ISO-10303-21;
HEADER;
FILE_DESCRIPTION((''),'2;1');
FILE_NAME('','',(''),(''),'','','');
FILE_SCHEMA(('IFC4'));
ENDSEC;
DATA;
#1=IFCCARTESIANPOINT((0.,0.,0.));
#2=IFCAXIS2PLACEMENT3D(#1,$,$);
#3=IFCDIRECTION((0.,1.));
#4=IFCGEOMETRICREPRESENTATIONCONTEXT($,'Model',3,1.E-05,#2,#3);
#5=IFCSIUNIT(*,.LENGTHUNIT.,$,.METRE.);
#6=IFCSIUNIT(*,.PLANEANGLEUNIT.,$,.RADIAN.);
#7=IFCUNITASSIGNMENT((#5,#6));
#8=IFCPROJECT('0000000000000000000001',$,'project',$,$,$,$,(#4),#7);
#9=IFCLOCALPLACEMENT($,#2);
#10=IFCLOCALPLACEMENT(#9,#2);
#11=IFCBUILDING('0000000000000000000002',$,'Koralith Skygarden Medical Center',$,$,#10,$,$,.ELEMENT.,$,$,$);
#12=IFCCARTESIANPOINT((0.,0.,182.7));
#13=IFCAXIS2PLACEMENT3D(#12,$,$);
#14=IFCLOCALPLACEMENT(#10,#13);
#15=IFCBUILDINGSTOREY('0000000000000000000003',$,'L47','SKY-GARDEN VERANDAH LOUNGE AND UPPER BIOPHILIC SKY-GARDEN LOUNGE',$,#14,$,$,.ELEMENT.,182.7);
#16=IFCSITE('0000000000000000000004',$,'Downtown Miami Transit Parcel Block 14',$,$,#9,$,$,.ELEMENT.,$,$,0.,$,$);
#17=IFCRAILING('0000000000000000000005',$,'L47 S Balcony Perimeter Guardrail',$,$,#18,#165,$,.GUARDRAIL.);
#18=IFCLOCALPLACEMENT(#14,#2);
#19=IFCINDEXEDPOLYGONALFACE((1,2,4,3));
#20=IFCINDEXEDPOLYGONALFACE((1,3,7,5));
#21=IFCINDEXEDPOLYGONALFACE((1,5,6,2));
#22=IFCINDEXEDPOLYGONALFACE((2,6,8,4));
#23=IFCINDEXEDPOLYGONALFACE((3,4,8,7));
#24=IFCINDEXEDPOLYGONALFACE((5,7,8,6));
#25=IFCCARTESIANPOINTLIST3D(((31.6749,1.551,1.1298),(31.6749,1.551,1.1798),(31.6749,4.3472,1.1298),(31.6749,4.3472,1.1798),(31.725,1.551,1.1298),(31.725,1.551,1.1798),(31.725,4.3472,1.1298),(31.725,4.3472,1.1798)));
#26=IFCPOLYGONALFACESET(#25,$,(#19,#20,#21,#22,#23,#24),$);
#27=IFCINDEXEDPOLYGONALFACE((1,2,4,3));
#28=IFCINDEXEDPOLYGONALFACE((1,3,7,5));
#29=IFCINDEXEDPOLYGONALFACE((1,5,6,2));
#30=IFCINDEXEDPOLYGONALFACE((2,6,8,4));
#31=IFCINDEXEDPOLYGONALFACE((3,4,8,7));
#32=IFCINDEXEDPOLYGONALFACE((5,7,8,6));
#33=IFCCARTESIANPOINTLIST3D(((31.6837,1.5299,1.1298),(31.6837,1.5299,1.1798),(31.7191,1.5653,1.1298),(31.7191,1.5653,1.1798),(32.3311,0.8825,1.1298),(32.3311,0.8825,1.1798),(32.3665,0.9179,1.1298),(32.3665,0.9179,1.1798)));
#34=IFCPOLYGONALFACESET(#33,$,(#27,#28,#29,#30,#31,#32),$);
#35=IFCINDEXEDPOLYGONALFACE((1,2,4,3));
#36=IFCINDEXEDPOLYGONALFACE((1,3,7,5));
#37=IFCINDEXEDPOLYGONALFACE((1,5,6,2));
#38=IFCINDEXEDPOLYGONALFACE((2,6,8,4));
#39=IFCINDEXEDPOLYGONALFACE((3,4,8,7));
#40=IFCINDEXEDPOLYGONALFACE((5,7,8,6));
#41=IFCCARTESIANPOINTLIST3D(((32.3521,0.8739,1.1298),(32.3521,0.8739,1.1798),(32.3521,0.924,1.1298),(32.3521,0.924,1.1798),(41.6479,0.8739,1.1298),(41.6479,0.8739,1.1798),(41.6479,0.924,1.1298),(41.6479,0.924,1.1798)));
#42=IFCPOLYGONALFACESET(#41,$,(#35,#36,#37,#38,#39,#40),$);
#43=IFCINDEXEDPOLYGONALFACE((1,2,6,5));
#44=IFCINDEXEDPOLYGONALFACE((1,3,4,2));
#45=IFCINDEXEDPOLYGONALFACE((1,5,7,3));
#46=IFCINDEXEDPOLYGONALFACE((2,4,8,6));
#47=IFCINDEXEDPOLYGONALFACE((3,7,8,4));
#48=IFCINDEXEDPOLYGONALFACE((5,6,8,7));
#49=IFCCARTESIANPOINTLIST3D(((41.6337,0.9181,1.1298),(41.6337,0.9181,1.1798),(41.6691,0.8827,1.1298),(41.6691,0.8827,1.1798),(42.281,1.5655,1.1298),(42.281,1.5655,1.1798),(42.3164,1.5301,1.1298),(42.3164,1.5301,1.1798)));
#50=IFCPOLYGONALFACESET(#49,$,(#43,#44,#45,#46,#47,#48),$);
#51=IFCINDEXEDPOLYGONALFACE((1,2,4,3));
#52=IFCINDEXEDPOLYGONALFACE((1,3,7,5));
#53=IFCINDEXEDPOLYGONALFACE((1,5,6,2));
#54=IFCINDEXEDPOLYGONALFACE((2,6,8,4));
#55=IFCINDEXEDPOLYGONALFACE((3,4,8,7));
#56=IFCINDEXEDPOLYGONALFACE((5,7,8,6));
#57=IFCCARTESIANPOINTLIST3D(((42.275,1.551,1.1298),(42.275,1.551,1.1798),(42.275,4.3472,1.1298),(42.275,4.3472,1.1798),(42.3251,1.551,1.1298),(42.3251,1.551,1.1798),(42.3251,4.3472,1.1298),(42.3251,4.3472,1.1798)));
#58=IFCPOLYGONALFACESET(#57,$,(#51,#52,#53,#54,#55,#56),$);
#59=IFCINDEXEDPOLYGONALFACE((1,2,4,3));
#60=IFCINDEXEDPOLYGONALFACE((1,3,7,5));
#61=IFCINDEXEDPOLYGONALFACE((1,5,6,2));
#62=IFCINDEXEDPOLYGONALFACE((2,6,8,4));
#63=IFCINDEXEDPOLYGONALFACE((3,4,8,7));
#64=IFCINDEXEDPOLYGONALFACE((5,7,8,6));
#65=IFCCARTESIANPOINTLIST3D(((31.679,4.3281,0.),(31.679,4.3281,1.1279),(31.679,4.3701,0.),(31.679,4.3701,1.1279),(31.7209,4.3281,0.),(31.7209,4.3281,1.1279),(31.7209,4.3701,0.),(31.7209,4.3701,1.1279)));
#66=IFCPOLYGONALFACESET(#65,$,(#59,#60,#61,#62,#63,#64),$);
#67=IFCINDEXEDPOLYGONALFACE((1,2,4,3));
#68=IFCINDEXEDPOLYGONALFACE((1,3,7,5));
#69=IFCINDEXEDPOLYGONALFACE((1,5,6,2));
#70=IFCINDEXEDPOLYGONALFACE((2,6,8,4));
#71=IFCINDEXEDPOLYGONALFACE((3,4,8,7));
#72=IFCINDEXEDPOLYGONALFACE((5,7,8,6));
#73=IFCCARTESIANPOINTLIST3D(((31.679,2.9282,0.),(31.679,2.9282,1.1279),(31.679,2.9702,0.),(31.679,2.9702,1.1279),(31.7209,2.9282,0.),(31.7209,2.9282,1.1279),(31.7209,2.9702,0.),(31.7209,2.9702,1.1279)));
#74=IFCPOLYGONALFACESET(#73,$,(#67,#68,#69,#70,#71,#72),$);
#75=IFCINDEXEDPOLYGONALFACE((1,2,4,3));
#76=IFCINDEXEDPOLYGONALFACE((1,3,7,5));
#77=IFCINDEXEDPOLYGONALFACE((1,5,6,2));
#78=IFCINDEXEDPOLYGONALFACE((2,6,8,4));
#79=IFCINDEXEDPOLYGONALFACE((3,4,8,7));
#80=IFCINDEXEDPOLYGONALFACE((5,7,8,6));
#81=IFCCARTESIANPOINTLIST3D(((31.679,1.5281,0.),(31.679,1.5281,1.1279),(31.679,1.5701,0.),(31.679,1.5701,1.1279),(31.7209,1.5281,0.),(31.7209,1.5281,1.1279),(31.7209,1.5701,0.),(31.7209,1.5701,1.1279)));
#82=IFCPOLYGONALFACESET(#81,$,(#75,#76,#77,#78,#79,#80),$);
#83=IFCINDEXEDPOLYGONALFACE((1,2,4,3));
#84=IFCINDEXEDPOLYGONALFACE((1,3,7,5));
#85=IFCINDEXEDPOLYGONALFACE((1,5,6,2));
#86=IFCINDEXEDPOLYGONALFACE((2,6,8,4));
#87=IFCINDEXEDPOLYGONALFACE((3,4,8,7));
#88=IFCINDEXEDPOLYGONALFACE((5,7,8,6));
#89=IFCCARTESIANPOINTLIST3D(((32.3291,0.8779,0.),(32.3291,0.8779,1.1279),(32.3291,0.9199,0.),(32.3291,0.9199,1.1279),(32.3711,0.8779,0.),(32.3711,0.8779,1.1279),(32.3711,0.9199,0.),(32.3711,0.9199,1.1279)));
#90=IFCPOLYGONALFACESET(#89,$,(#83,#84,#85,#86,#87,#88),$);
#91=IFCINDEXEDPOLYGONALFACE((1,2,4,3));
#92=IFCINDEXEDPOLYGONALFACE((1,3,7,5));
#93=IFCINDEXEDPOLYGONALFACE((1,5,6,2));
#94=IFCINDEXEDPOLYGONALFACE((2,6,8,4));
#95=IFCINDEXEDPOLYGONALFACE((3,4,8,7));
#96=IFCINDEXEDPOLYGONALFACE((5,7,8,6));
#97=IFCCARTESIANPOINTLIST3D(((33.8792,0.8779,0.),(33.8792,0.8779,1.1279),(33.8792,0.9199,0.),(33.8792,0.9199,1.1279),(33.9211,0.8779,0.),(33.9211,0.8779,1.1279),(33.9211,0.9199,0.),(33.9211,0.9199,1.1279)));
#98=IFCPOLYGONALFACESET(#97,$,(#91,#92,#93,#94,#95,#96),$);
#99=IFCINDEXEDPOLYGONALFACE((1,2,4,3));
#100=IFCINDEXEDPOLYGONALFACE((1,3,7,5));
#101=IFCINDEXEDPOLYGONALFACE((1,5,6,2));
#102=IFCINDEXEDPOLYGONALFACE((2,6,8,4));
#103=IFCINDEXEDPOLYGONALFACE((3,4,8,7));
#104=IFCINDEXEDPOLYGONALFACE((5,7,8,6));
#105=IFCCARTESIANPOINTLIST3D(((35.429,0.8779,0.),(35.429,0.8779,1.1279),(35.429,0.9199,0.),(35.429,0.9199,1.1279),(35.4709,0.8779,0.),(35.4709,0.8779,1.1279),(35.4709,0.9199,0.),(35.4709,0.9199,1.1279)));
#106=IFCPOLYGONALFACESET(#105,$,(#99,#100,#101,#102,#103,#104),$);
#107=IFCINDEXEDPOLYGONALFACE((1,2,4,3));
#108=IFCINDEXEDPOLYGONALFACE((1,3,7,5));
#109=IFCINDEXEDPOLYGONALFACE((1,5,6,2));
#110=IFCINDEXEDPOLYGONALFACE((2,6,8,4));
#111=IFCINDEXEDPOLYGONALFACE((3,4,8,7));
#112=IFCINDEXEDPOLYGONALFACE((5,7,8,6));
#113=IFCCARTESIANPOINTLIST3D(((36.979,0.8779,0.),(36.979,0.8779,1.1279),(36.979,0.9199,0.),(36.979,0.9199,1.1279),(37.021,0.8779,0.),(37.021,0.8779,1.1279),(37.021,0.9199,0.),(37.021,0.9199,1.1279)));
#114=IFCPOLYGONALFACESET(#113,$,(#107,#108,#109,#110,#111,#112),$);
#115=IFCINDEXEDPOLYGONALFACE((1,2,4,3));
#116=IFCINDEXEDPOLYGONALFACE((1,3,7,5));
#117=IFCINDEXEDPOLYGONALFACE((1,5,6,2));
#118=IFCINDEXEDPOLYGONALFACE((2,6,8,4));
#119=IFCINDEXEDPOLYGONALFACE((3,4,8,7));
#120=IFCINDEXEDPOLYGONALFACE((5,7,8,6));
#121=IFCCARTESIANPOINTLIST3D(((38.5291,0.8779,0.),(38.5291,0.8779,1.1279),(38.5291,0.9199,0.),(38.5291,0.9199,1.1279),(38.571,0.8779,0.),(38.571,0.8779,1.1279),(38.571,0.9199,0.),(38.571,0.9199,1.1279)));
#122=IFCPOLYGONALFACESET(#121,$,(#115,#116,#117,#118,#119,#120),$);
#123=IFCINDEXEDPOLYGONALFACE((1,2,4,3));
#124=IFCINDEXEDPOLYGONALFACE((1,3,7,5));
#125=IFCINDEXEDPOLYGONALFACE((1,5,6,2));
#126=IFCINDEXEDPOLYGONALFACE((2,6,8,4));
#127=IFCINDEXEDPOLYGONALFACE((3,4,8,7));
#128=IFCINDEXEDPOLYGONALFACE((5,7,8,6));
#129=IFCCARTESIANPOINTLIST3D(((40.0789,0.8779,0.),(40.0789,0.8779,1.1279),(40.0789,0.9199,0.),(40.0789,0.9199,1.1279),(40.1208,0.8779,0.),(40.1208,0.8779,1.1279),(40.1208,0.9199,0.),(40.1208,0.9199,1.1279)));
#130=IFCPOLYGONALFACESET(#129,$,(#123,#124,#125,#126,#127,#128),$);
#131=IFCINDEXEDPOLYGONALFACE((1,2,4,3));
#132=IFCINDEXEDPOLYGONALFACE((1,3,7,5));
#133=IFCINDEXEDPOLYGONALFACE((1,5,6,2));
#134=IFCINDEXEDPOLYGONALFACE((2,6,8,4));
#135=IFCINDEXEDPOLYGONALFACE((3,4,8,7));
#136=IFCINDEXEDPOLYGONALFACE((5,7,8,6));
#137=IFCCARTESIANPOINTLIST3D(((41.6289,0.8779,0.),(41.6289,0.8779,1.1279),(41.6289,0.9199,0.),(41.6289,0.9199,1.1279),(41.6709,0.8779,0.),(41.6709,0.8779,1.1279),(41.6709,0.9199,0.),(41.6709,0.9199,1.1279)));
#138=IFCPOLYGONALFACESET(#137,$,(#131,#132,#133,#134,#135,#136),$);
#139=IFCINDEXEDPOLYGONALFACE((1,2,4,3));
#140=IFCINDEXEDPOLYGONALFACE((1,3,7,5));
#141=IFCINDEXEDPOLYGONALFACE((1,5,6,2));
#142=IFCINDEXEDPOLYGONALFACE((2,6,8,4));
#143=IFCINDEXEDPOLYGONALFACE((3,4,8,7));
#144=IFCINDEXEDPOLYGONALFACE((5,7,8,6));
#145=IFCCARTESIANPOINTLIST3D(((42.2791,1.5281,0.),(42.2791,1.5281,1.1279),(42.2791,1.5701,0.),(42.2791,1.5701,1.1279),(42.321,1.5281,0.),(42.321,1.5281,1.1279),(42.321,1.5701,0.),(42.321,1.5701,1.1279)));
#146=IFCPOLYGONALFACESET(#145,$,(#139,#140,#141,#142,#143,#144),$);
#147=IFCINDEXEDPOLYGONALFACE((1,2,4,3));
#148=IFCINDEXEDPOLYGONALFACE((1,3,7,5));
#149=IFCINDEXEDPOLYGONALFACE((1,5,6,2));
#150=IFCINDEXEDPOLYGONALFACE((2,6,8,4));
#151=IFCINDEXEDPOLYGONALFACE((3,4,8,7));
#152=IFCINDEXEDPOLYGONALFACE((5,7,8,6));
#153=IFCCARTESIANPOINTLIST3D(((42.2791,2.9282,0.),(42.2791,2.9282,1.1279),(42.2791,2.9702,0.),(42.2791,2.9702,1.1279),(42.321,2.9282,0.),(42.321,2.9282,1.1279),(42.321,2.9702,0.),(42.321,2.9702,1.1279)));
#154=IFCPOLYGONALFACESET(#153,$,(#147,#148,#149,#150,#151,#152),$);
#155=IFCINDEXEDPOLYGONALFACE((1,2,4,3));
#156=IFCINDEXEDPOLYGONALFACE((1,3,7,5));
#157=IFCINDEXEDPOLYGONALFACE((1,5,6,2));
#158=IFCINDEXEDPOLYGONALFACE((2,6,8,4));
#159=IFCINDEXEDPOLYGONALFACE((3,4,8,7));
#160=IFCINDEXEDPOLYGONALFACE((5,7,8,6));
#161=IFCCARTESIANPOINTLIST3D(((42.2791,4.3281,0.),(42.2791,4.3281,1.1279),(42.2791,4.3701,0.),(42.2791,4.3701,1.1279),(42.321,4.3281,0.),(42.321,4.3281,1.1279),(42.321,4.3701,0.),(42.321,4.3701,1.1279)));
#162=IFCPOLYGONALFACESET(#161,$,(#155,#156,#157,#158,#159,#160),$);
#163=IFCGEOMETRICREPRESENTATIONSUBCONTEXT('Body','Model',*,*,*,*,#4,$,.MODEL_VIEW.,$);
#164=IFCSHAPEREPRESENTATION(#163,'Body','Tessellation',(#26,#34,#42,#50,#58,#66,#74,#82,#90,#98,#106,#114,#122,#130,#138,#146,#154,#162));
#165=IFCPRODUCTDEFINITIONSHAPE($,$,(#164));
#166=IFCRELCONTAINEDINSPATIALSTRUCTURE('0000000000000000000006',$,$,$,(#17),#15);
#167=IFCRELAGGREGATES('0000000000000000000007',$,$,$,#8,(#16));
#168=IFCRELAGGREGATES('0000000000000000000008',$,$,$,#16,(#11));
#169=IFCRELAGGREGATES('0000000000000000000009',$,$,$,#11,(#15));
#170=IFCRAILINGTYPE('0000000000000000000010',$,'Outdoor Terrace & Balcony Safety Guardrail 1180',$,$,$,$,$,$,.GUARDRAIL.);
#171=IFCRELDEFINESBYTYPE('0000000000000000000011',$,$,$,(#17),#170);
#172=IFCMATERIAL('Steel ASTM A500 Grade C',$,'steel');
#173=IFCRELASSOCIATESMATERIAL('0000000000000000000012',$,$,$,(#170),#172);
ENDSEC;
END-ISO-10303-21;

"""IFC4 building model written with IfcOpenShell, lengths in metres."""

from ifc_helpers import new_model, si_unit, direction, frame, origin, origin_2d, place, context, subcontext, project, spatial, rectangle, extrude, material, type_object, element, save


model = new_model("IFC4")

# Units and contexts
model_context = context("Model", 3, precision=1e-05, world=origin(), true_north=direction((0.0, 1.0)))
body_context = subcontext(model_context, "Body", "Model", "MODEL_VIEW")
ifc_project = project(units=[si_unit("LENGTHUNIT", "METRE"), si_unit("PLANEANGLEUNIT", "RADIAN")], contexts=[model_context])

# Site, building, storey
site_placement = place(None, origin())
site = spatial("IfcSite", under=ifc_project, at=site_placement, Name="Downtown Miami Transit Parcel Block 14", CompositionType="ELEMENT", RefElevation=0.0)
building_placement = place(site_placement, origin())
building = spatial("IfcBuilding", under=site, at=building_placement, Name="Koralith Skygarden Medical Center", CompositionType="ELEMENT")
storey_placement = place(building_placement, frame((0.0, 0.0, 182.7)))
storey = spatial("IfcBuildingStorey", under=building, at=storey_placement, Name="L47", Description="SKY-GARDEN VERANDAH LOUNGE AND UPPER BIOPHILIC SKY-GARDEN LOUNGE", CompositionType="ELEMENT", Elevation=182.7)

# Railing
ifc_material_1 = material(Name="Steel ASTM A500 Grade C", Category="steel")
railing_type = type_object("IfcRailingType", Name="Outdoor Terrace & Balcony Safety Guardrail 1180", PredefinedType="GUARDRAIL", material=ifc_material_1)
railing_placement = place(storey_placement, frame((31.7, 4.3491, 0.0)))
element("IfcRailing", 1, at=railing_placement, inside=storey, type_object=railing_type, Name="L47 S Balcony Perimeter Guardrail", PredefinedType="GUARDRAIL", context=body_context, shape_type="SweptSolid", body=[
    extrude(rectangle(XDim=0.05, YDim=0.05, at=origin_2d()), frame((0.0, -0.002, 1.1548), z_axis=(0.0, -1.0, 0.0), x_axis=(1.0, 0.0, 0.0)), (0.0, 0.0, 1.0), 2.7961),
    extrude(rectangle(XDim=0.05, YDim=0.05, at=origin_2d()), frame((0.0015, -2.8015, 1.1548), z_axis=(0.707107, -0.707107, 0.0), x_axis=(0.707107, 0.707107, 0.0)), (0.0, 0.0, 1.0), 0.9155),
    extrude(rectangle(XDim=0.05, YDim=0.05, at=origin_2d()), frame((0.6521, -3.4502, 1.1548), z_axis=(1.0, 0.0, 0.0), x_axis=(0.0, 1.0, 0.0)), (0.0, 0.0, 1.0), 9.2959),
    extrude(rectangle(XDim=0.05, YDim=0.05, at=origin_2d()), frame((9.9514, -3.4487, 1.1548), z_axis=(0.707107, 0.707107, 0.0), x_axis=(-0.707107, 0.707107, 0.0)), (0.0, 0.0, 1.0), 0.9155),
    extrude(rectangle(XDim=0.05, YDim=0.05, at=origin_2d()), frame((10.6001, -2.7981, 1.1548), z_axis=(0.0, 1.0, 0.0), x_axis=(-1.0, 0.0, 0.0)), (0.0, 0.0, 1.0), 2.7961),
    extrude(rectangle(XDim=0.042, YDim=0.042, at=origin_2d()), origin(), (0.0, 0.0, 1.0), 1.1279),
    extrude(rectangle(XDim=0.042, YDim=0.042, at=origin_2d()), frame((0.0, -1.3999, 0.0)), (0.0, 0.0, 1.0), 1.1279),
    extrude(rectangle(XDim=0.042, YDim=0.042, at=origin_2d()), frame((0.0, -2.8, 0.0)), (0.0, 0.0, 1.0), 1.1279),
    extrude(rectangle(XDim=0.042, YDim=0.042, at=origin_2d()), frame((0.6501, -3.4502, 0.0)), (0.0, 0.0, 1.0), 1.1279),
    extrude(rectangle(XDim=0.042, YDim=0.042, at=origin_2d()), frame((2.2002, -3.4502, 0.0)), (0.0, 0.0, 1.0), 1.1279),
    extrude(rectangle(XDim=0.042, YDim=0.042, at=origin_2d()), frame((3.75, -3.4502, 0.0)), (0.0, 0.0, 1.0), 1.1279),
    extrude(rectangle(XDim=0.042, YDim=0.042, at=origin_2d()), frame((5.3, -3.4502, 0.0)), (0.0, 0.0, 1.0), 1.1279),
    extrude(rectangle(XDim=0.042, YDim=0.042, at=origin_2d()), frame((6.8501, -3.4502, 0.0)), (0.0, 0.0, 1.0), 1.1279),
    extrude(rectangle(XDim=0.042, YDim=0.042, at=origin_2d()), frame((8.3999, -3.4502, 0.0)), (0.0, 0.0, 1.0), 1.1279),
    extrude(rectangle(XDim=0.042, YDim=0.042, at=origin_2d()), frame((9.95, -3.4502, 0.0)), (0.0, 0.0, 1.0), 1.1279),
    extrude(rectangle(XDim=0.042, YDim=0.042, at=origin_2d()), frame((10.6001, -2.8, 0.0)), (0.0, 0.0, 1.0), 1.1279),
    extrude(rectangle(XDim=0.042, YDim=0.042, at=origin_2d()), frame((10.6001, -1.3999, 0.0)), (0.0, 0.0, 1.0), 1.1279),
    extrude(rectangle(XDim=0.042, YDim=0.042, at=origin_2d()), frame((10.6001, 0.0, 0.0)), (0.0, 0.0, 1.0), 1.1279),
])

save(model, "model.ifc")
